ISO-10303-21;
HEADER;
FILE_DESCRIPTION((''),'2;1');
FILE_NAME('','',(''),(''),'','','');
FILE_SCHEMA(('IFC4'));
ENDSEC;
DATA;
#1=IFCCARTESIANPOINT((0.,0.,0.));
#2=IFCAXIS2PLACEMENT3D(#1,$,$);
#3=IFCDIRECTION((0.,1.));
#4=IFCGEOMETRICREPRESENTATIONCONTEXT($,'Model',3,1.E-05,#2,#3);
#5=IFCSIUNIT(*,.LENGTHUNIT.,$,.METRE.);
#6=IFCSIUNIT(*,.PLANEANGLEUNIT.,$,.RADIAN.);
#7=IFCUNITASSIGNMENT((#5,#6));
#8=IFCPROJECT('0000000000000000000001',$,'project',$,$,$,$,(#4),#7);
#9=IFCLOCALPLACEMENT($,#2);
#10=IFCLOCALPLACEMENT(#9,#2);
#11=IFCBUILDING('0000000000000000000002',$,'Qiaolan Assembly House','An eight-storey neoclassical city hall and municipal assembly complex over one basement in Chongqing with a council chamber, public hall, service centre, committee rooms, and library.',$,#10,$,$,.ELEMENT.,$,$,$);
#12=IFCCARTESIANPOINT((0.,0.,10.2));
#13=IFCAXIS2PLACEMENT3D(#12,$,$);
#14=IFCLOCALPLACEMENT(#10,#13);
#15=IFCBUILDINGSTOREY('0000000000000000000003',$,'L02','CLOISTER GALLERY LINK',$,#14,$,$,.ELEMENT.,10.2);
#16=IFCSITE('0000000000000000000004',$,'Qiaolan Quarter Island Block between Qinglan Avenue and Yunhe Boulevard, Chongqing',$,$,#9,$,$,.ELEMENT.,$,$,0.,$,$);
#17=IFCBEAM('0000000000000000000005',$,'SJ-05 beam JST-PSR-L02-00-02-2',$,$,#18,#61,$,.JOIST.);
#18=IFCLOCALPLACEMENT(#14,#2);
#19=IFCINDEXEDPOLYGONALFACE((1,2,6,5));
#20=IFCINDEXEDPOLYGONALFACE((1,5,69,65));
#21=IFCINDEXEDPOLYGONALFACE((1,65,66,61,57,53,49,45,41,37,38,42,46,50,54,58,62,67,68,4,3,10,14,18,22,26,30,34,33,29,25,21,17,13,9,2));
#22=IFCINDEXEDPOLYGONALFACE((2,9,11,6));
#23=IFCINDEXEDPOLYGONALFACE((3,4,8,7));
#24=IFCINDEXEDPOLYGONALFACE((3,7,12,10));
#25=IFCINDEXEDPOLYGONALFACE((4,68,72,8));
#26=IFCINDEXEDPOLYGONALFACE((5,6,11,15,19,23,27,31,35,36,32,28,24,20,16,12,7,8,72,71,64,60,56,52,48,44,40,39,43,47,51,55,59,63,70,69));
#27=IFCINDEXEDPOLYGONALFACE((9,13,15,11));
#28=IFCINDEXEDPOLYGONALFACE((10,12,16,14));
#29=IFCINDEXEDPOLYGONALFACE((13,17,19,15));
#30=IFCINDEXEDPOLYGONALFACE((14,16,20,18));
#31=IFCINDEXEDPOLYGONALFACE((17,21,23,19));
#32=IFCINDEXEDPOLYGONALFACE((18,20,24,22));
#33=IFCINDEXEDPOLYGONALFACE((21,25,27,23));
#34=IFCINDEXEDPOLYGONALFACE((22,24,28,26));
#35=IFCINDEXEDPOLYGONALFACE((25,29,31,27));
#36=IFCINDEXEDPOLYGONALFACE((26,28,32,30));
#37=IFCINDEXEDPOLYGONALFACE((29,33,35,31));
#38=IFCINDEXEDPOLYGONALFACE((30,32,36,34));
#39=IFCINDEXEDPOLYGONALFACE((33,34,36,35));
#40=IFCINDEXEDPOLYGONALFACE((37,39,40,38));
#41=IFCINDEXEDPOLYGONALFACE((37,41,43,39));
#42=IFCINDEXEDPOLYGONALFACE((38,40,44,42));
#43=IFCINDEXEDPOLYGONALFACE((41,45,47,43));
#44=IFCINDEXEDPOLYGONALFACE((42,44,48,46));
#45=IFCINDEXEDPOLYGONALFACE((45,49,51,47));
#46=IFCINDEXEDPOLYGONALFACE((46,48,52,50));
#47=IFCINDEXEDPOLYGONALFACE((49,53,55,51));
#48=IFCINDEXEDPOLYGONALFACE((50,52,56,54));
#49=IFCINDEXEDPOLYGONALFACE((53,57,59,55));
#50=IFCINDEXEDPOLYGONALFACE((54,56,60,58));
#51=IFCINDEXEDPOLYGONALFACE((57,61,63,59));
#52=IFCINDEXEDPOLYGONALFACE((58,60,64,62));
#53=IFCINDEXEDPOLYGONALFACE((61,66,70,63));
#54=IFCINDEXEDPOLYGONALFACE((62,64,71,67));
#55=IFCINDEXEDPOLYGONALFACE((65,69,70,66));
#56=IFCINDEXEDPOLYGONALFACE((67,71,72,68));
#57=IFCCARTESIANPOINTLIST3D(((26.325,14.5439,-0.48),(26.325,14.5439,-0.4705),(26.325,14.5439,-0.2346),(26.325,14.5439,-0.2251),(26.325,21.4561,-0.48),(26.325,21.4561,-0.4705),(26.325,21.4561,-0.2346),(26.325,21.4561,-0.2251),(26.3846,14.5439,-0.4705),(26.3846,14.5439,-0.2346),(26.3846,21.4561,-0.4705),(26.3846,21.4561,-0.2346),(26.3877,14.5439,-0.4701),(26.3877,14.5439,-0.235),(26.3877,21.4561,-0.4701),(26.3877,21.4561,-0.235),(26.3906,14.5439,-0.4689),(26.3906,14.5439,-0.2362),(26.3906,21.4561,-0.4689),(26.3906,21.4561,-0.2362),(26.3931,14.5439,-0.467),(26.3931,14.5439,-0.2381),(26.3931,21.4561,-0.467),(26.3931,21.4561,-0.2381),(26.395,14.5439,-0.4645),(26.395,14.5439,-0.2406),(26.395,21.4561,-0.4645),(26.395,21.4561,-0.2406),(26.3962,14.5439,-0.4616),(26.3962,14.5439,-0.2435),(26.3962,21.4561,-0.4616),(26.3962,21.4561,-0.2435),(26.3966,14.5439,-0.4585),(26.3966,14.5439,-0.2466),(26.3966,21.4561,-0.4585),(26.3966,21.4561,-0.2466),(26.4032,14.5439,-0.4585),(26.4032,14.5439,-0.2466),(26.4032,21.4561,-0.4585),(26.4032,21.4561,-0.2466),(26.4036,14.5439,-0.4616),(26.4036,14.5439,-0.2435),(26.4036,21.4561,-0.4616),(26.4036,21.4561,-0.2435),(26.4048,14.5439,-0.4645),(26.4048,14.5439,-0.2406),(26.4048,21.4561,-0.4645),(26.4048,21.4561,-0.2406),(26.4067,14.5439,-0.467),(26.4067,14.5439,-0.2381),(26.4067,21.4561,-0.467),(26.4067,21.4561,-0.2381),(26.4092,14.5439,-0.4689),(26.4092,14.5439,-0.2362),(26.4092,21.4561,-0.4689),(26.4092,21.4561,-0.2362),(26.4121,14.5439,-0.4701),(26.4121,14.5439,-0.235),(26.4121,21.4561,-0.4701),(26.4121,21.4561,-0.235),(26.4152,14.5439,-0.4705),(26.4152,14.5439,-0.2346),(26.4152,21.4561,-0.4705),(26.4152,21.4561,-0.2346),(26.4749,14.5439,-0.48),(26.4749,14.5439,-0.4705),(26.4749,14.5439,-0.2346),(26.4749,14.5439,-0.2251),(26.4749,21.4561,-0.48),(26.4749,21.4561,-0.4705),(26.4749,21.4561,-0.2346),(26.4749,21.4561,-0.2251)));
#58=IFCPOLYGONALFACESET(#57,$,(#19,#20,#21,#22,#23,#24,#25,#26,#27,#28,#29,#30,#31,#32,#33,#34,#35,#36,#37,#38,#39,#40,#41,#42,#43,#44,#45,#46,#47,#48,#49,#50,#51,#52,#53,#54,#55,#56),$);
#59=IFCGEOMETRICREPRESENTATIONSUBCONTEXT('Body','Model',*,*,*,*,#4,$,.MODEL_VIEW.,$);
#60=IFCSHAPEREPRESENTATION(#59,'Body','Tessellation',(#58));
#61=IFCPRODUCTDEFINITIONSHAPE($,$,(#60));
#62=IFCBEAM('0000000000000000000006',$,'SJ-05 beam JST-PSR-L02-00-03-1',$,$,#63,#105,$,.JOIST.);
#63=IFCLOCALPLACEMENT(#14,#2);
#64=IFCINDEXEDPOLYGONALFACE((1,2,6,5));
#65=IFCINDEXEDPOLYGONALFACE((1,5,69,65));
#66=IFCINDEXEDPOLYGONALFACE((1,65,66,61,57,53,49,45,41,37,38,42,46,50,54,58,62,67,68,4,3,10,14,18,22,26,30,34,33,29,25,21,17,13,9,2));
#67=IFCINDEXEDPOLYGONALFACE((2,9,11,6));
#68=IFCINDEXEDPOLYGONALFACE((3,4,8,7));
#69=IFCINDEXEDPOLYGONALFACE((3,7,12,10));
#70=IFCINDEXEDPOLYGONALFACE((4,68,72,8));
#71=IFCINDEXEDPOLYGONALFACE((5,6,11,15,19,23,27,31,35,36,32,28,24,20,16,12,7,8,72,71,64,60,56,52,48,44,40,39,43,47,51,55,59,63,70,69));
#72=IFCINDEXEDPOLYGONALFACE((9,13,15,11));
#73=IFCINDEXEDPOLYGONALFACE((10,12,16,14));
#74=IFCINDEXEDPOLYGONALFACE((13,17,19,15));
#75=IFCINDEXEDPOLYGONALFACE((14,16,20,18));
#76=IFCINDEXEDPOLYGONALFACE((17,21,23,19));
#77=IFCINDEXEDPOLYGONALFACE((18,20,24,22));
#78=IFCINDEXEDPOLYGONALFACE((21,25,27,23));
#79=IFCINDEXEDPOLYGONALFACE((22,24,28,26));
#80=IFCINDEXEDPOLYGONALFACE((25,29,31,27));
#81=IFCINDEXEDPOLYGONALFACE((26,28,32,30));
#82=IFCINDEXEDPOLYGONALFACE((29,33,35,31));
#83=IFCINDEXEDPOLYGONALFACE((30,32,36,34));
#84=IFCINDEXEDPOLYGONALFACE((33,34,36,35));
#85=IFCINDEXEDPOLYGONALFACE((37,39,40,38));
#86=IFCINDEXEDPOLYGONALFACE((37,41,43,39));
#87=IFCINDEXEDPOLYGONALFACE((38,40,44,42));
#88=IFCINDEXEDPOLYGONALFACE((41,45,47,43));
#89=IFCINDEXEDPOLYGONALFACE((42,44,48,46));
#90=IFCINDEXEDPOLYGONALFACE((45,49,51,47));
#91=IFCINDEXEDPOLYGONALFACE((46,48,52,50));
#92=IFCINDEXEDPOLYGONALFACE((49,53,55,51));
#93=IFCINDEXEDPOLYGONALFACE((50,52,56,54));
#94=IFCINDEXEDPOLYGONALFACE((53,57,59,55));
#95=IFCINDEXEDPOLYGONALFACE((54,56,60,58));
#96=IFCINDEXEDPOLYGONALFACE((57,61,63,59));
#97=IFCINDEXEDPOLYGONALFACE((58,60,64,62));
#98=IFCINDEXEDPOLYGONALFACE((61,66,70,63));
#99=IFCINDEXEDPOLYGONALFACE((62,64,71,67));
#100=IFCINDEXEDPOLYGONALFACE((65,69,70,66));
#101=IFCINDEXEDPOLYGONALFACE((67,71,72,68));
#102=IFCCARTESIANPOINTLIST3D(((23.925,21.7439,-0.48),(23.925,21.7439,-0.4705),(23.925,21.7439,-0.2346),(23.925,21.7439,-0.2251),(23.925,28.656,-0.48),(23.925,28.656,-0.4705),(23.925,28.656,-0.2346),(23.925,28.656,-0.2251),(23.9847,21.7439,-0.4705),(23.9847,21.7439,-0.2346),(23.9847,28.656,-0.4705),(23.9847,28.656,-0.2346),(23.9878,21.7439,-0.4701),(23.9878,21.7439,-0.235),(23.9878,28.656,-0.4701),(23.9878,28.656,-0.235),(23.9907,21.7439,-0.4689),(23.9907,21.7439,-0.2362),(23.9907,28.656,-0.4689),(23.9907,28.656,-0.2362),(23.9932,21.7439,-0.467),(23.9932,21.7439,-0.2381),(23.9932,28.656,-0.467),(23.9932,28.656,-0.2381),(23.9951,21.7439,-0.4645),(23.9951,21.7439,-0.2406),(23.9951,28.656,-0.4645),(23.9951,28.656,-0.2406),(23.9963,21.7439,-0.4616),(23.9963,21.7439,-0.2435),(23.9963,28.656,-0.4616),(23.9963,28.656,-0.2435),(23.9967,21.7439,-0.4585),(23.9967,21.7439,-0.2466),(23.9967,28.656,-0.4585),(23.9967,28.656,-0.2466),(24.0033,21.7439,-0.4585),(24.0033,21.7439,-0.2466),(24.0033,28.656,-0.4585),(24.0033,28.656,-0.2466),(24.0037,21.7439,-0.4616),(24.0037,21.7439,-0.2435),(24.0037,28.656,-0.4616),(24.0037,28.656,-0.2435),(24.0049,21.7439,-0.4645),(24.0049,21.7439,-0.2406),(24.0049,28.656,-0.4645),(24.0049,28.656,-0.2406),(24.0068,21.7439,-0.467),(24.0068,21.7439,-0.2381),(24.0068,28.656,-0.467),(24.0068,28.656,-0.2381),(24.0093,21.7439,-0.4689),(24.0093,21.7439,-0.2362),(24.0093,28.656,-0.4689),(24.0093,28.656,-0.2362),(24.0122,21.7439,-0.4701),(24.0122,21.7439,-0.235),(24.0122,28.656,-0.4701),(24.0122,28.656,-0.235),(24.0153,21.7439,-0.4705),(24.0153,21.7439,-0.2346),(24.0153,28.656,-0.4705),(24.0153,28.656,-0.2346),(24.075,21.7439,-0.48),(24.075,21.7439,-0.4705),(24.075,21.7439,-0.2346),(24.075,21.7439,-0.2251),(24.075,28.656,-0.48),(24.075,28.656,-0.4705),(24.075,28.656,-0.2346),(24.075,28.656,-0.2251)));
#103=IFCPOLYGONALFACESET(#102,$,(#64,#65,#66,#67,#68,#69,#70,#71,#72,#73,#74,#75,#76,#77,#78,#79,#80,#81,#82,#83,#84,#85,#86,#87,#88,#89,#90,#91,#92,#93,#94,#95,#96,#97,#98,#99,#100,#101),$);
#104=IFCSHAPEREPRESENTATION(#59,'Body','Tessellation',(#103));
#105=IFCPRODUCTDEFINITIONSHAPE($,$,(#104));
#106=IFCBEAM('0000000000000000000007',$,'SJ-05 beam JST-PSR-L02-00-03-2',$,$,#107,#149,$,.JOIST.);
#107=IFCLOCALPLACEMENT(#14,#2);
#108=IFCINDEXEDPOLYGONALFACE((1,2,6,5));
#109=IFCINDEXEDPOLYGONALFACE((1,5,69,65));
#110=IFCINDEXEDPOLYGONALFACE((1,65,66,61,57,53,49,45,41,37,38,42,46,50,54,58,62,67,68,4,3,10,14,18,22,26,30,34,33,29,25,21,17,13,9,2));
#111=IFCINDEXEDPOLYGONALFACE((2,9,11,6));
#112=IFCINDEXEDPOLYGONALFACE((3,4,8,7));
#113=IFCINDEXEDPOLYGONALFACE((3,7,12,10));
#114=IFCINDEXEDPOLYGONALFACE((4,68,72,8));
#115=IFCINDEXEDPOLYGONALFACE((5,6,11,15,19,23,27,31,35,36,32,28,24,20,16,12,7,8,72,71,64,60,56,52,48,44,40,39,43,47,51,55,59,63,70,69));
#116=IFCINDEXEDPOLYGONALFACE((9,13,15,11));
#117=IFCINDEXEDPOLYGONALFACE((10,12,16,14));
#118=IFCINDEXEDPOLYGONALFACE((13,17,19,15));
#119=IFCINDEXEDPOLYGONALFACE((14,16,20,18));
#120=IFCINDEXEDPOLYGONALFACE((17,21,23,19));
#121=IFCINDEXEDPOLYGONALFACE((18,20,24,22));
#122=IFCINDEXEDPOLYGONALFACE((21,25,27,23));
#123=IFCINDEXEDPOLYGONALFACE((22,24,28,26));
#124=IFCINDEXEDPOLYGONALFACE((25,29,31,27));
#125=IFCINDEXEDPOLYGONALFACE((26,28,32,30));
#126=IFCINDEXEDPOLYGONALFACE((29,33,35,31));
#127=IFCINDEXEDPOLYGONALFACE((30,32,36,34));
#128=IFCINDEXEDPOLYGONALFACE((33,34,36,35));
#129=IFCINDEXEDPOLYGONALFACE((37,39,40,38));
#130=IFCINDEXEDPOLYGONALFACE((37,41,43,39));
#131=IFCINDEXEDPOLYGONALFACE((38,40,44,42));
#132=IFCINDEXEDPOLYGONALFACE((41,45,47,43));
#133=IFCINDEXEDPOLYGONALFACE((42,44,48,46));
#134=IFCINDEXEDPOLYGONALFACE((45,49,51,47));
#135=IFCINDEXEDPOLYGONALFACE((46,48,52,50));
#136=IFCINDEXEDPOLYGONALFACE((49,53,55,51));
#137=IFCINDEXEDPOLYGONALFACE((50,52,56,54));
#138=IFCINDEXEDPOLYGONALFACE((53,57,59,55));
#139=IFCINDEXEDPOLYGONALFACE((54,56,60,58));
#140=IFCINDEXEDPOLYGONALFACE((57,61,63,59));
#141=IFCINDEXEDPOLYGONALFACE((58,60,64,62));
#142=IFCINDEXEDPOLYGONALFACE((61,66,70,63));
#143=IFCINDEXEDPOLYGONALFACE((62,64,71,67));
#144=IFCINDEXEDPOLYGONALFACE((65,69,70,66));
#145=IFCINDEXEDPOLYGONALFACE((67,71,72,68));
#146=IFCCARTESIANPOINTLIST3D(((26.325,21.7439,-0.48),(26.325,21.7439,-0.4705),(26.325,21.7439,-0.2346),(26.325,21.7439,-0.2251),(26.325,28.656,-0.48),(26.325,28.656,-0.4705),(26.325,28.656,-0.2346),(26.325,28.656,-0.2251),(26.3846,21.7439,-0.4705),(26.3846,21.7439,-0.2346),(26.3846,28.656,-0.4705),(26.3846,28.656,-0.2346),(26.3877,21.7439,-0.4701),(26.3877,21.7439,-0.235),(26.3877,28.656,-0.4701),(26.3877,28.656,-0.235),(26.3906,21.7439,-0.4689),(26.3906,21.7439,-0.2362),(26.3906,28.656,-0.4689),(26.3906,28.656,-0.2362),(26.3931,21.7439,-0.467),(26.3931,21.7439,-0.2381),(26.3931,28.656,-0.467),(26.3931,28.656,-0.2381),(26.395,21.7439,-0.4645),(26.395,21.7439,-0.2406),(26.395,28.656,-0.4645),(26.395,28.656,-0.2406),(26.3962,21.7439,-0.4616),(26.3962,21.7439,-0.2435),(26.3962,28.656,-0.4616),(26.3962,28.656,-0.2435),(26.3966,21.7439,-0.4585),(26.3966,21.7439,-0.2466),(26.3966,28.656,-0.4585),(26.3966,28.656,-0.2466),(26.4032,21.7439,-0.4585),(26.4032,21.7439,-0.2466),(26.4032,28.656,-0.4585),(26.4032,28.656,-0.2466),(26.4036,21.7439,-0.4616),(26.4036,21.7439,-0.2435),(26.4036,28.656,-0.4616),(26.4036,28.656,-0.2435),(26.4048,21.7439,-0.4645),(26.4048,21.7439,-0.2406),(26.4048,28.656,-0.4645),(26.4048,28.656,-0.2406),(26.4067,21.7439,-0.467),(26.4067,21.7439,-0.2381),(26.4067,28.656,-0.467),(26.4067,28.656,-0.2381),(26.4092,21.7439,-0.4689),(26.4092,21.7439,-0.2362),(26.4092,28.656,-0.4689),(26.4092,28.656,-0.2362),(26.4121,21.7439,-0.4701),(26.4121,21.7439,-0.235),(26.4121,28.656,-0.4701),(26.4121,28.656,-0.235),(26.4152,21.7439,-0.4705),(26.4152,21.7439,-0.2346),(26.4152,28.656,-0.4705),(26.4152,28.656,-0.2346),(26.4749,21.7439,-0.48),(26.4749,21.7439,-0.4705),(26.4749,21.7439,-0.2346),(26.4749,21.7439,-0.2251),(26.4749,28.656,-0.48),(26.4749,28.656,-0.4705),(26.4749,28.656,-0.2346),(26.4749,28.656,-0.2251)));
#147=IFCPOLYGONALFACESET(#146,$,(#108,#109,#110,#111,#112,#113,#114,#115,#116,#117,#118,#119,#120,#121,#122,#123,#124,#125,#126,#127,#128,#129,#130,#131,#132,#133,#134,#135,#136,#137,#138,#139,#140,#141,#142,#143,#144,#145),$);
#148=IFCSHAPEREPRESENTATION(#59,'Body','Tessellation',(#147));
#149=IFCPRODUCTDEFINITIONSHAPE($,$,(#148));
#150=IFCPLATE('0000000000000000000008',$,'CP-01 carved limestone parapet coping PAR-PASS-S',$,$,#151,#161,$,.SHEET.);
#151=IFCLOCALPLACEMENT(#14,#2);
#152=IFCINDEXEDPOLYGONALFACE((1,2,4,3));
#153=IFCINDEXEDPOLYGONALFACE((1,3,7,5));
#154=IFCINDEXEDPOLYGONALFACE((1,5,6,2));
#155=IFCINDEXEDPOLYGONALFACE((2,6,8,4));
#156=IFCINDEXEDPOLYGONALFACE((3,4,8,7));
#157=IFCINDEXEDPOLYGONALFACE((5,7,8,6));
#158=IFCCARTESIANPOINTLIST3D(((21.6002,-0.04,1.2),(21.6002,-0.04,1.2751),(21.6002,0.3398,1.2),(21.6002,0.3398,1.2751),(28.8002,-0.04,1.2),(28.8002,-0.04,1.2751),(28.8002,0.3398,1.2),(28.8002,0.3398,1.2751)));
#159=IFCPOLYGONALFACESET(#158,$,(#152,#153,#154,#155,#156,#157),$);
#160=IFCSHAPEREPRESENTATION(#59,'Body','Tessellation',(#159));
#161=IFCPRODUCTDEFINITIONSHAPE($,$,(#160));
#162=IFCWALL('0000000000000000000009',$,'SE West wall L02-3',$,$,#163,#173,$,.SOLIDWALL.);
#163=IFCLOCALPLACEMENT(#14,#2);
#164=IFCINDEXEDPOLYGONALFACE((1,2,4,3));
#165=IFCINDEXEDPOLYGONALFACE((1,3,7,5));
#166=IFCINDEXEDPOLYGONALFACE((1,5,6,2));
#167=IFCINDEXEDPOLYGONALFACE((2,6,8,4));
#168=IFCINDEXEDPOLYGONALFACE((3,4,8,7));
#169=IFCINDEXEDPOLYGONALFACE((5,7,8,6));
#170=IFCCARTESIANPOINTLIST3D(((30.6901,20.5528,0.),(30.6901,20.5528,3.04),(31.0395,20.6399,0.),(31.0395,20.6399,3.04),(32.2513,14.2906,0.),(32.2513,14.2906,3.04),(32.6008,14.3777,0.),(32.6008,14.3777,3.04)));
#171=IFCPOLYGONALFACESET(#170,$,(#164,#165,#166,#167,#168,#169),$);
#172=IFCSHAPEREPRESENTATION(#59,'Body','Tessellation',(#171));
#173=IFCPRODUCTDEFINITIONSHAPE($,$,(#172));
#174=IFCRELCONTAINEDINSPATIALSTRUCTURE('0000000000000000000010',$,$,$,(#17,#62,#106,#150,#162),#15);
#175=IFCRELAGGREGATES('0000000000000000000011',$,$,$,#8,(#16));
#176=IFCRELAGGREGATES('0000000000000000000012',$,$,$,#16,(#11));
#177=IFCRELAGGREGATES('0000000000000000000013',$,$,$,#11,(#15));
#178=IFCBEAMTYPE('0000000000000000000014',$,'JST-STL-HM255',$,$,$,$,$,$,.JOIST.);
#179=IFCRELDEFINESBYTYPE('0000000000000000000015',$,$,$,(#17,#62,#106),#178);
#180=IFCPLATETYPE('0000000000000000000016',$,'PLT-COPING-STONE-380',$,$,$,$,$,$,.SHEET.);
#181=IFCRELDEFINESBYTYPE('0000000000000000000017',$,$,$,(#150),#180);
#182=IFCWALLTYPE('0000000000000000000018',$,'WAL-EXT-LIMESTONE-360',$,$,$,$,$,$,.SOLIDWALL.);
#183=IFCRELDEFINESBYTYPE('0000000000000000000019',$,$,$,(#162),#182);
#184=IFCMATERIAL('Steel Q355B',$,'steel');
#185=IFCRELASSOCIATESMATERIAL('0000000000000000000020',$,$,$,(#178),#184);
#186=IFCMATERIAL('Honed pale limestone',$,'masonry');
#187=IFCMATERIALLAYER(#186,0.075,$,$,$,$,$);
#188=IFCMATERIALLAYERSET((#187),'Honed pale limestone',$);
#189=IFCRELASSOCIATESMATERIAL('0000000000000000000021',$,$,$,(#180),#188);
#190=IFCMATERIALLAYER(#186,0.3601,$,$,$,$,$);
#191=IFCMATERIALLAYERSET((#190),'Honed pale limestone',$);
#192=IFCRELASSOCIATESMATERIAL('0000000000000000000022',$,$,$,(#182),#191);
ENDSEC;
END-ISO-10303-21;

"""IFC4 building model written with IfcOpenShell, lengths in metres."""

from ifc_helpers import new_model, si_unit, direction, frame, frame_2d, origin, origin_2d, place, context, subcontext, project, spatial, rectangle, i_section, extrude, material, layer, layer_set, material_profile, profile_set, type_object, element, save


model = new_model("IFC4")

# Units and contexts
model_context = context("Model", 3, precision=1e-05, world=origin(), true_north=direction((0.0, 1.0)))
body_context = subcontext(model_context, "Body", "Model", "MODEL_VIEW")
ifc_project = project(units=[si_unit("LENGTHUNIT", "METRE"), si_unit("PLANEANGLEUNIT", "RADIAN")], contexts=[model_context])

# Site, building, storey
site_placement = place(None, origin())
site = spatial("IfcSite", under=ifc_project, at=site_placement, Name="Qiaolan Quarter Island Block between Qinglan Avenue and Yunhe Boulevard, Chongqing", CompositionType="ELEMENT", RefElevation=0.0)
building_placement = place(site_placement, origin())
building = spatial("IfcBuilding", under=site, at=building_placement, Name="Qiaolan Assembly House", Description="An eight-storey neoclassical city hall and municipal assembly complex over one basement in Chongqing with a council chamber, public hall, service centre, committee rooms, and library.", CompositionType="ELEMENT")
storey_placement = place(building_placement, frame((0.0, 0.0, 10.2)))
storey = spatial("IfcBuildingStorey", under=building, at=storey_placement, Name="L02", Description="CLOISTER GALLERY LINK", CompositionType="ELEMENT", Elevation=10.2)

# Beams
ifc_material_1 = material(Name="Steel Q355B", Category="steel")
ifc_material_profile_1 = material_profile(ifc_material_1, i_section(OverallWidth=0.1499, OverallDepth=0.2549, WebThickness=0.0066, FlangeThickness=0.0095, FilletRadius=0.012, at=origin_2d()), Name="HM 255x150x6.5x9.5")
ifc_profile_set_1 = profile_set([ifc_material_profile_1], Name="Steel Q355B")
beam_type_1 = type_object("IfcBeamType", Name="JST-STL-HM255", PredefinedType="JOIST", material=ifc_profile_set_1)
for number, where, z_axis, x_axis, name in (
    (1, (26.3999, 14.5439, -0.3525), (0.0, 1.0, 0.0), (-1.0, 0.0, 0.0), "SJ-05 beam JST-PSR-L02-00-02-2"),
    (2, (24.0, 21.7439, -0.3525), (0.0, 1.0, 0.0), (-1.0, 0.0, 0.0), "SJ-05 beam JST-PSR-L02-00-03-1"),
    (3, (26.3999, 21.7439, -0.3525), (0.0, 1.0, 0.0), (-1.0, 0.0, 0.0), "SJ-05 beam JST-PSR-L02-00-03-2"),
):
    element("IfcBeam", number, at=place(storey_placement, frame(where, z_axis=z_axis, x_axis=x_axis)), inside=storey, type_object=beam_type_1, Name=name, PredefinedType="JOIST", context=body_context, shape_type="SweptSolid", body=[
        extrude(i_section(OverallWidth=0.1499, OverallDepth=0.2549, WebThickness=0.0066, FlangeThickness=0.0095, FilletRadius=0.012, at=origin_2d()), origin(), (0.0, 0.0, 1.0), 6.9121),
    ])

# Plate
ifc_material_2 = material(Name="Honed pale limestone", Category="masonry")
ifc_layer_1 = layer(ifc_material_2, 0.075)
ifc_layer_set_1 = layer_set([ifc_layer_1], Name="Honed pale limestone")
plate_type = type_object("IfcPlateType", Name="PLT-COPING-STONE-380", PredefinedType="SHEET", material=ifc_layer_set_1)
plate_placement = place(storey_placement, frame((21.6001, 0.1499, 1.2), z_axis=(0.0, 0.0, 1.0), x_axis=(1.0, 0.0, 0.0)))
element("IfcPlate", 4, at=plate_placement, inside=storey, type_object=plate_type, Name="CP-01 carved limestone parapet coping PAR-PASS-S", PredefinedType="SHEET", context=body_context, shape_type="SweptSolid", body=[
    extrude(rectangle(XDim=7.2, YDim=0.3799, at=frame_2d((3.6001, 0.0))), origin(), (0.0, 0.0, 1.0), 0.0752),
])

# Wall
ifc_layer_2 = layer(ifc_material_2, 0.3601)
ifc_layer_set_2 = layer_set([ifc_layer_2], Name="Honed pale limestone")
wall_type = type_object("IfcWallType", Name="WAL-EXT-LIMESTONE-360", PredefinedType="SOLIDWALL", material=ifc_layer_set_2)
wall_placement = place(storey_placement, frame((30.8647, 20.5964, 0.0), z_axis=(0.0, 0.0, 1.0), x_axis=(0.241913, -0.970298, 0.0)))
element("IfcWall", 5, at=wall_placement, inside=storey, type_object=wall_type, Name="SE West wall L02-3", PredefinedType="SOLIDWALL", context=body_context, shape_type="SweptSolid", body=[
    extrude(rectangle(XDim=6.4539, YDim=0.3601, at=frame_2d((3.2271, 0.0))), origin(), (0.0, 0.0, 1.0), 3.04),
])

save(model, "model.ifc")
